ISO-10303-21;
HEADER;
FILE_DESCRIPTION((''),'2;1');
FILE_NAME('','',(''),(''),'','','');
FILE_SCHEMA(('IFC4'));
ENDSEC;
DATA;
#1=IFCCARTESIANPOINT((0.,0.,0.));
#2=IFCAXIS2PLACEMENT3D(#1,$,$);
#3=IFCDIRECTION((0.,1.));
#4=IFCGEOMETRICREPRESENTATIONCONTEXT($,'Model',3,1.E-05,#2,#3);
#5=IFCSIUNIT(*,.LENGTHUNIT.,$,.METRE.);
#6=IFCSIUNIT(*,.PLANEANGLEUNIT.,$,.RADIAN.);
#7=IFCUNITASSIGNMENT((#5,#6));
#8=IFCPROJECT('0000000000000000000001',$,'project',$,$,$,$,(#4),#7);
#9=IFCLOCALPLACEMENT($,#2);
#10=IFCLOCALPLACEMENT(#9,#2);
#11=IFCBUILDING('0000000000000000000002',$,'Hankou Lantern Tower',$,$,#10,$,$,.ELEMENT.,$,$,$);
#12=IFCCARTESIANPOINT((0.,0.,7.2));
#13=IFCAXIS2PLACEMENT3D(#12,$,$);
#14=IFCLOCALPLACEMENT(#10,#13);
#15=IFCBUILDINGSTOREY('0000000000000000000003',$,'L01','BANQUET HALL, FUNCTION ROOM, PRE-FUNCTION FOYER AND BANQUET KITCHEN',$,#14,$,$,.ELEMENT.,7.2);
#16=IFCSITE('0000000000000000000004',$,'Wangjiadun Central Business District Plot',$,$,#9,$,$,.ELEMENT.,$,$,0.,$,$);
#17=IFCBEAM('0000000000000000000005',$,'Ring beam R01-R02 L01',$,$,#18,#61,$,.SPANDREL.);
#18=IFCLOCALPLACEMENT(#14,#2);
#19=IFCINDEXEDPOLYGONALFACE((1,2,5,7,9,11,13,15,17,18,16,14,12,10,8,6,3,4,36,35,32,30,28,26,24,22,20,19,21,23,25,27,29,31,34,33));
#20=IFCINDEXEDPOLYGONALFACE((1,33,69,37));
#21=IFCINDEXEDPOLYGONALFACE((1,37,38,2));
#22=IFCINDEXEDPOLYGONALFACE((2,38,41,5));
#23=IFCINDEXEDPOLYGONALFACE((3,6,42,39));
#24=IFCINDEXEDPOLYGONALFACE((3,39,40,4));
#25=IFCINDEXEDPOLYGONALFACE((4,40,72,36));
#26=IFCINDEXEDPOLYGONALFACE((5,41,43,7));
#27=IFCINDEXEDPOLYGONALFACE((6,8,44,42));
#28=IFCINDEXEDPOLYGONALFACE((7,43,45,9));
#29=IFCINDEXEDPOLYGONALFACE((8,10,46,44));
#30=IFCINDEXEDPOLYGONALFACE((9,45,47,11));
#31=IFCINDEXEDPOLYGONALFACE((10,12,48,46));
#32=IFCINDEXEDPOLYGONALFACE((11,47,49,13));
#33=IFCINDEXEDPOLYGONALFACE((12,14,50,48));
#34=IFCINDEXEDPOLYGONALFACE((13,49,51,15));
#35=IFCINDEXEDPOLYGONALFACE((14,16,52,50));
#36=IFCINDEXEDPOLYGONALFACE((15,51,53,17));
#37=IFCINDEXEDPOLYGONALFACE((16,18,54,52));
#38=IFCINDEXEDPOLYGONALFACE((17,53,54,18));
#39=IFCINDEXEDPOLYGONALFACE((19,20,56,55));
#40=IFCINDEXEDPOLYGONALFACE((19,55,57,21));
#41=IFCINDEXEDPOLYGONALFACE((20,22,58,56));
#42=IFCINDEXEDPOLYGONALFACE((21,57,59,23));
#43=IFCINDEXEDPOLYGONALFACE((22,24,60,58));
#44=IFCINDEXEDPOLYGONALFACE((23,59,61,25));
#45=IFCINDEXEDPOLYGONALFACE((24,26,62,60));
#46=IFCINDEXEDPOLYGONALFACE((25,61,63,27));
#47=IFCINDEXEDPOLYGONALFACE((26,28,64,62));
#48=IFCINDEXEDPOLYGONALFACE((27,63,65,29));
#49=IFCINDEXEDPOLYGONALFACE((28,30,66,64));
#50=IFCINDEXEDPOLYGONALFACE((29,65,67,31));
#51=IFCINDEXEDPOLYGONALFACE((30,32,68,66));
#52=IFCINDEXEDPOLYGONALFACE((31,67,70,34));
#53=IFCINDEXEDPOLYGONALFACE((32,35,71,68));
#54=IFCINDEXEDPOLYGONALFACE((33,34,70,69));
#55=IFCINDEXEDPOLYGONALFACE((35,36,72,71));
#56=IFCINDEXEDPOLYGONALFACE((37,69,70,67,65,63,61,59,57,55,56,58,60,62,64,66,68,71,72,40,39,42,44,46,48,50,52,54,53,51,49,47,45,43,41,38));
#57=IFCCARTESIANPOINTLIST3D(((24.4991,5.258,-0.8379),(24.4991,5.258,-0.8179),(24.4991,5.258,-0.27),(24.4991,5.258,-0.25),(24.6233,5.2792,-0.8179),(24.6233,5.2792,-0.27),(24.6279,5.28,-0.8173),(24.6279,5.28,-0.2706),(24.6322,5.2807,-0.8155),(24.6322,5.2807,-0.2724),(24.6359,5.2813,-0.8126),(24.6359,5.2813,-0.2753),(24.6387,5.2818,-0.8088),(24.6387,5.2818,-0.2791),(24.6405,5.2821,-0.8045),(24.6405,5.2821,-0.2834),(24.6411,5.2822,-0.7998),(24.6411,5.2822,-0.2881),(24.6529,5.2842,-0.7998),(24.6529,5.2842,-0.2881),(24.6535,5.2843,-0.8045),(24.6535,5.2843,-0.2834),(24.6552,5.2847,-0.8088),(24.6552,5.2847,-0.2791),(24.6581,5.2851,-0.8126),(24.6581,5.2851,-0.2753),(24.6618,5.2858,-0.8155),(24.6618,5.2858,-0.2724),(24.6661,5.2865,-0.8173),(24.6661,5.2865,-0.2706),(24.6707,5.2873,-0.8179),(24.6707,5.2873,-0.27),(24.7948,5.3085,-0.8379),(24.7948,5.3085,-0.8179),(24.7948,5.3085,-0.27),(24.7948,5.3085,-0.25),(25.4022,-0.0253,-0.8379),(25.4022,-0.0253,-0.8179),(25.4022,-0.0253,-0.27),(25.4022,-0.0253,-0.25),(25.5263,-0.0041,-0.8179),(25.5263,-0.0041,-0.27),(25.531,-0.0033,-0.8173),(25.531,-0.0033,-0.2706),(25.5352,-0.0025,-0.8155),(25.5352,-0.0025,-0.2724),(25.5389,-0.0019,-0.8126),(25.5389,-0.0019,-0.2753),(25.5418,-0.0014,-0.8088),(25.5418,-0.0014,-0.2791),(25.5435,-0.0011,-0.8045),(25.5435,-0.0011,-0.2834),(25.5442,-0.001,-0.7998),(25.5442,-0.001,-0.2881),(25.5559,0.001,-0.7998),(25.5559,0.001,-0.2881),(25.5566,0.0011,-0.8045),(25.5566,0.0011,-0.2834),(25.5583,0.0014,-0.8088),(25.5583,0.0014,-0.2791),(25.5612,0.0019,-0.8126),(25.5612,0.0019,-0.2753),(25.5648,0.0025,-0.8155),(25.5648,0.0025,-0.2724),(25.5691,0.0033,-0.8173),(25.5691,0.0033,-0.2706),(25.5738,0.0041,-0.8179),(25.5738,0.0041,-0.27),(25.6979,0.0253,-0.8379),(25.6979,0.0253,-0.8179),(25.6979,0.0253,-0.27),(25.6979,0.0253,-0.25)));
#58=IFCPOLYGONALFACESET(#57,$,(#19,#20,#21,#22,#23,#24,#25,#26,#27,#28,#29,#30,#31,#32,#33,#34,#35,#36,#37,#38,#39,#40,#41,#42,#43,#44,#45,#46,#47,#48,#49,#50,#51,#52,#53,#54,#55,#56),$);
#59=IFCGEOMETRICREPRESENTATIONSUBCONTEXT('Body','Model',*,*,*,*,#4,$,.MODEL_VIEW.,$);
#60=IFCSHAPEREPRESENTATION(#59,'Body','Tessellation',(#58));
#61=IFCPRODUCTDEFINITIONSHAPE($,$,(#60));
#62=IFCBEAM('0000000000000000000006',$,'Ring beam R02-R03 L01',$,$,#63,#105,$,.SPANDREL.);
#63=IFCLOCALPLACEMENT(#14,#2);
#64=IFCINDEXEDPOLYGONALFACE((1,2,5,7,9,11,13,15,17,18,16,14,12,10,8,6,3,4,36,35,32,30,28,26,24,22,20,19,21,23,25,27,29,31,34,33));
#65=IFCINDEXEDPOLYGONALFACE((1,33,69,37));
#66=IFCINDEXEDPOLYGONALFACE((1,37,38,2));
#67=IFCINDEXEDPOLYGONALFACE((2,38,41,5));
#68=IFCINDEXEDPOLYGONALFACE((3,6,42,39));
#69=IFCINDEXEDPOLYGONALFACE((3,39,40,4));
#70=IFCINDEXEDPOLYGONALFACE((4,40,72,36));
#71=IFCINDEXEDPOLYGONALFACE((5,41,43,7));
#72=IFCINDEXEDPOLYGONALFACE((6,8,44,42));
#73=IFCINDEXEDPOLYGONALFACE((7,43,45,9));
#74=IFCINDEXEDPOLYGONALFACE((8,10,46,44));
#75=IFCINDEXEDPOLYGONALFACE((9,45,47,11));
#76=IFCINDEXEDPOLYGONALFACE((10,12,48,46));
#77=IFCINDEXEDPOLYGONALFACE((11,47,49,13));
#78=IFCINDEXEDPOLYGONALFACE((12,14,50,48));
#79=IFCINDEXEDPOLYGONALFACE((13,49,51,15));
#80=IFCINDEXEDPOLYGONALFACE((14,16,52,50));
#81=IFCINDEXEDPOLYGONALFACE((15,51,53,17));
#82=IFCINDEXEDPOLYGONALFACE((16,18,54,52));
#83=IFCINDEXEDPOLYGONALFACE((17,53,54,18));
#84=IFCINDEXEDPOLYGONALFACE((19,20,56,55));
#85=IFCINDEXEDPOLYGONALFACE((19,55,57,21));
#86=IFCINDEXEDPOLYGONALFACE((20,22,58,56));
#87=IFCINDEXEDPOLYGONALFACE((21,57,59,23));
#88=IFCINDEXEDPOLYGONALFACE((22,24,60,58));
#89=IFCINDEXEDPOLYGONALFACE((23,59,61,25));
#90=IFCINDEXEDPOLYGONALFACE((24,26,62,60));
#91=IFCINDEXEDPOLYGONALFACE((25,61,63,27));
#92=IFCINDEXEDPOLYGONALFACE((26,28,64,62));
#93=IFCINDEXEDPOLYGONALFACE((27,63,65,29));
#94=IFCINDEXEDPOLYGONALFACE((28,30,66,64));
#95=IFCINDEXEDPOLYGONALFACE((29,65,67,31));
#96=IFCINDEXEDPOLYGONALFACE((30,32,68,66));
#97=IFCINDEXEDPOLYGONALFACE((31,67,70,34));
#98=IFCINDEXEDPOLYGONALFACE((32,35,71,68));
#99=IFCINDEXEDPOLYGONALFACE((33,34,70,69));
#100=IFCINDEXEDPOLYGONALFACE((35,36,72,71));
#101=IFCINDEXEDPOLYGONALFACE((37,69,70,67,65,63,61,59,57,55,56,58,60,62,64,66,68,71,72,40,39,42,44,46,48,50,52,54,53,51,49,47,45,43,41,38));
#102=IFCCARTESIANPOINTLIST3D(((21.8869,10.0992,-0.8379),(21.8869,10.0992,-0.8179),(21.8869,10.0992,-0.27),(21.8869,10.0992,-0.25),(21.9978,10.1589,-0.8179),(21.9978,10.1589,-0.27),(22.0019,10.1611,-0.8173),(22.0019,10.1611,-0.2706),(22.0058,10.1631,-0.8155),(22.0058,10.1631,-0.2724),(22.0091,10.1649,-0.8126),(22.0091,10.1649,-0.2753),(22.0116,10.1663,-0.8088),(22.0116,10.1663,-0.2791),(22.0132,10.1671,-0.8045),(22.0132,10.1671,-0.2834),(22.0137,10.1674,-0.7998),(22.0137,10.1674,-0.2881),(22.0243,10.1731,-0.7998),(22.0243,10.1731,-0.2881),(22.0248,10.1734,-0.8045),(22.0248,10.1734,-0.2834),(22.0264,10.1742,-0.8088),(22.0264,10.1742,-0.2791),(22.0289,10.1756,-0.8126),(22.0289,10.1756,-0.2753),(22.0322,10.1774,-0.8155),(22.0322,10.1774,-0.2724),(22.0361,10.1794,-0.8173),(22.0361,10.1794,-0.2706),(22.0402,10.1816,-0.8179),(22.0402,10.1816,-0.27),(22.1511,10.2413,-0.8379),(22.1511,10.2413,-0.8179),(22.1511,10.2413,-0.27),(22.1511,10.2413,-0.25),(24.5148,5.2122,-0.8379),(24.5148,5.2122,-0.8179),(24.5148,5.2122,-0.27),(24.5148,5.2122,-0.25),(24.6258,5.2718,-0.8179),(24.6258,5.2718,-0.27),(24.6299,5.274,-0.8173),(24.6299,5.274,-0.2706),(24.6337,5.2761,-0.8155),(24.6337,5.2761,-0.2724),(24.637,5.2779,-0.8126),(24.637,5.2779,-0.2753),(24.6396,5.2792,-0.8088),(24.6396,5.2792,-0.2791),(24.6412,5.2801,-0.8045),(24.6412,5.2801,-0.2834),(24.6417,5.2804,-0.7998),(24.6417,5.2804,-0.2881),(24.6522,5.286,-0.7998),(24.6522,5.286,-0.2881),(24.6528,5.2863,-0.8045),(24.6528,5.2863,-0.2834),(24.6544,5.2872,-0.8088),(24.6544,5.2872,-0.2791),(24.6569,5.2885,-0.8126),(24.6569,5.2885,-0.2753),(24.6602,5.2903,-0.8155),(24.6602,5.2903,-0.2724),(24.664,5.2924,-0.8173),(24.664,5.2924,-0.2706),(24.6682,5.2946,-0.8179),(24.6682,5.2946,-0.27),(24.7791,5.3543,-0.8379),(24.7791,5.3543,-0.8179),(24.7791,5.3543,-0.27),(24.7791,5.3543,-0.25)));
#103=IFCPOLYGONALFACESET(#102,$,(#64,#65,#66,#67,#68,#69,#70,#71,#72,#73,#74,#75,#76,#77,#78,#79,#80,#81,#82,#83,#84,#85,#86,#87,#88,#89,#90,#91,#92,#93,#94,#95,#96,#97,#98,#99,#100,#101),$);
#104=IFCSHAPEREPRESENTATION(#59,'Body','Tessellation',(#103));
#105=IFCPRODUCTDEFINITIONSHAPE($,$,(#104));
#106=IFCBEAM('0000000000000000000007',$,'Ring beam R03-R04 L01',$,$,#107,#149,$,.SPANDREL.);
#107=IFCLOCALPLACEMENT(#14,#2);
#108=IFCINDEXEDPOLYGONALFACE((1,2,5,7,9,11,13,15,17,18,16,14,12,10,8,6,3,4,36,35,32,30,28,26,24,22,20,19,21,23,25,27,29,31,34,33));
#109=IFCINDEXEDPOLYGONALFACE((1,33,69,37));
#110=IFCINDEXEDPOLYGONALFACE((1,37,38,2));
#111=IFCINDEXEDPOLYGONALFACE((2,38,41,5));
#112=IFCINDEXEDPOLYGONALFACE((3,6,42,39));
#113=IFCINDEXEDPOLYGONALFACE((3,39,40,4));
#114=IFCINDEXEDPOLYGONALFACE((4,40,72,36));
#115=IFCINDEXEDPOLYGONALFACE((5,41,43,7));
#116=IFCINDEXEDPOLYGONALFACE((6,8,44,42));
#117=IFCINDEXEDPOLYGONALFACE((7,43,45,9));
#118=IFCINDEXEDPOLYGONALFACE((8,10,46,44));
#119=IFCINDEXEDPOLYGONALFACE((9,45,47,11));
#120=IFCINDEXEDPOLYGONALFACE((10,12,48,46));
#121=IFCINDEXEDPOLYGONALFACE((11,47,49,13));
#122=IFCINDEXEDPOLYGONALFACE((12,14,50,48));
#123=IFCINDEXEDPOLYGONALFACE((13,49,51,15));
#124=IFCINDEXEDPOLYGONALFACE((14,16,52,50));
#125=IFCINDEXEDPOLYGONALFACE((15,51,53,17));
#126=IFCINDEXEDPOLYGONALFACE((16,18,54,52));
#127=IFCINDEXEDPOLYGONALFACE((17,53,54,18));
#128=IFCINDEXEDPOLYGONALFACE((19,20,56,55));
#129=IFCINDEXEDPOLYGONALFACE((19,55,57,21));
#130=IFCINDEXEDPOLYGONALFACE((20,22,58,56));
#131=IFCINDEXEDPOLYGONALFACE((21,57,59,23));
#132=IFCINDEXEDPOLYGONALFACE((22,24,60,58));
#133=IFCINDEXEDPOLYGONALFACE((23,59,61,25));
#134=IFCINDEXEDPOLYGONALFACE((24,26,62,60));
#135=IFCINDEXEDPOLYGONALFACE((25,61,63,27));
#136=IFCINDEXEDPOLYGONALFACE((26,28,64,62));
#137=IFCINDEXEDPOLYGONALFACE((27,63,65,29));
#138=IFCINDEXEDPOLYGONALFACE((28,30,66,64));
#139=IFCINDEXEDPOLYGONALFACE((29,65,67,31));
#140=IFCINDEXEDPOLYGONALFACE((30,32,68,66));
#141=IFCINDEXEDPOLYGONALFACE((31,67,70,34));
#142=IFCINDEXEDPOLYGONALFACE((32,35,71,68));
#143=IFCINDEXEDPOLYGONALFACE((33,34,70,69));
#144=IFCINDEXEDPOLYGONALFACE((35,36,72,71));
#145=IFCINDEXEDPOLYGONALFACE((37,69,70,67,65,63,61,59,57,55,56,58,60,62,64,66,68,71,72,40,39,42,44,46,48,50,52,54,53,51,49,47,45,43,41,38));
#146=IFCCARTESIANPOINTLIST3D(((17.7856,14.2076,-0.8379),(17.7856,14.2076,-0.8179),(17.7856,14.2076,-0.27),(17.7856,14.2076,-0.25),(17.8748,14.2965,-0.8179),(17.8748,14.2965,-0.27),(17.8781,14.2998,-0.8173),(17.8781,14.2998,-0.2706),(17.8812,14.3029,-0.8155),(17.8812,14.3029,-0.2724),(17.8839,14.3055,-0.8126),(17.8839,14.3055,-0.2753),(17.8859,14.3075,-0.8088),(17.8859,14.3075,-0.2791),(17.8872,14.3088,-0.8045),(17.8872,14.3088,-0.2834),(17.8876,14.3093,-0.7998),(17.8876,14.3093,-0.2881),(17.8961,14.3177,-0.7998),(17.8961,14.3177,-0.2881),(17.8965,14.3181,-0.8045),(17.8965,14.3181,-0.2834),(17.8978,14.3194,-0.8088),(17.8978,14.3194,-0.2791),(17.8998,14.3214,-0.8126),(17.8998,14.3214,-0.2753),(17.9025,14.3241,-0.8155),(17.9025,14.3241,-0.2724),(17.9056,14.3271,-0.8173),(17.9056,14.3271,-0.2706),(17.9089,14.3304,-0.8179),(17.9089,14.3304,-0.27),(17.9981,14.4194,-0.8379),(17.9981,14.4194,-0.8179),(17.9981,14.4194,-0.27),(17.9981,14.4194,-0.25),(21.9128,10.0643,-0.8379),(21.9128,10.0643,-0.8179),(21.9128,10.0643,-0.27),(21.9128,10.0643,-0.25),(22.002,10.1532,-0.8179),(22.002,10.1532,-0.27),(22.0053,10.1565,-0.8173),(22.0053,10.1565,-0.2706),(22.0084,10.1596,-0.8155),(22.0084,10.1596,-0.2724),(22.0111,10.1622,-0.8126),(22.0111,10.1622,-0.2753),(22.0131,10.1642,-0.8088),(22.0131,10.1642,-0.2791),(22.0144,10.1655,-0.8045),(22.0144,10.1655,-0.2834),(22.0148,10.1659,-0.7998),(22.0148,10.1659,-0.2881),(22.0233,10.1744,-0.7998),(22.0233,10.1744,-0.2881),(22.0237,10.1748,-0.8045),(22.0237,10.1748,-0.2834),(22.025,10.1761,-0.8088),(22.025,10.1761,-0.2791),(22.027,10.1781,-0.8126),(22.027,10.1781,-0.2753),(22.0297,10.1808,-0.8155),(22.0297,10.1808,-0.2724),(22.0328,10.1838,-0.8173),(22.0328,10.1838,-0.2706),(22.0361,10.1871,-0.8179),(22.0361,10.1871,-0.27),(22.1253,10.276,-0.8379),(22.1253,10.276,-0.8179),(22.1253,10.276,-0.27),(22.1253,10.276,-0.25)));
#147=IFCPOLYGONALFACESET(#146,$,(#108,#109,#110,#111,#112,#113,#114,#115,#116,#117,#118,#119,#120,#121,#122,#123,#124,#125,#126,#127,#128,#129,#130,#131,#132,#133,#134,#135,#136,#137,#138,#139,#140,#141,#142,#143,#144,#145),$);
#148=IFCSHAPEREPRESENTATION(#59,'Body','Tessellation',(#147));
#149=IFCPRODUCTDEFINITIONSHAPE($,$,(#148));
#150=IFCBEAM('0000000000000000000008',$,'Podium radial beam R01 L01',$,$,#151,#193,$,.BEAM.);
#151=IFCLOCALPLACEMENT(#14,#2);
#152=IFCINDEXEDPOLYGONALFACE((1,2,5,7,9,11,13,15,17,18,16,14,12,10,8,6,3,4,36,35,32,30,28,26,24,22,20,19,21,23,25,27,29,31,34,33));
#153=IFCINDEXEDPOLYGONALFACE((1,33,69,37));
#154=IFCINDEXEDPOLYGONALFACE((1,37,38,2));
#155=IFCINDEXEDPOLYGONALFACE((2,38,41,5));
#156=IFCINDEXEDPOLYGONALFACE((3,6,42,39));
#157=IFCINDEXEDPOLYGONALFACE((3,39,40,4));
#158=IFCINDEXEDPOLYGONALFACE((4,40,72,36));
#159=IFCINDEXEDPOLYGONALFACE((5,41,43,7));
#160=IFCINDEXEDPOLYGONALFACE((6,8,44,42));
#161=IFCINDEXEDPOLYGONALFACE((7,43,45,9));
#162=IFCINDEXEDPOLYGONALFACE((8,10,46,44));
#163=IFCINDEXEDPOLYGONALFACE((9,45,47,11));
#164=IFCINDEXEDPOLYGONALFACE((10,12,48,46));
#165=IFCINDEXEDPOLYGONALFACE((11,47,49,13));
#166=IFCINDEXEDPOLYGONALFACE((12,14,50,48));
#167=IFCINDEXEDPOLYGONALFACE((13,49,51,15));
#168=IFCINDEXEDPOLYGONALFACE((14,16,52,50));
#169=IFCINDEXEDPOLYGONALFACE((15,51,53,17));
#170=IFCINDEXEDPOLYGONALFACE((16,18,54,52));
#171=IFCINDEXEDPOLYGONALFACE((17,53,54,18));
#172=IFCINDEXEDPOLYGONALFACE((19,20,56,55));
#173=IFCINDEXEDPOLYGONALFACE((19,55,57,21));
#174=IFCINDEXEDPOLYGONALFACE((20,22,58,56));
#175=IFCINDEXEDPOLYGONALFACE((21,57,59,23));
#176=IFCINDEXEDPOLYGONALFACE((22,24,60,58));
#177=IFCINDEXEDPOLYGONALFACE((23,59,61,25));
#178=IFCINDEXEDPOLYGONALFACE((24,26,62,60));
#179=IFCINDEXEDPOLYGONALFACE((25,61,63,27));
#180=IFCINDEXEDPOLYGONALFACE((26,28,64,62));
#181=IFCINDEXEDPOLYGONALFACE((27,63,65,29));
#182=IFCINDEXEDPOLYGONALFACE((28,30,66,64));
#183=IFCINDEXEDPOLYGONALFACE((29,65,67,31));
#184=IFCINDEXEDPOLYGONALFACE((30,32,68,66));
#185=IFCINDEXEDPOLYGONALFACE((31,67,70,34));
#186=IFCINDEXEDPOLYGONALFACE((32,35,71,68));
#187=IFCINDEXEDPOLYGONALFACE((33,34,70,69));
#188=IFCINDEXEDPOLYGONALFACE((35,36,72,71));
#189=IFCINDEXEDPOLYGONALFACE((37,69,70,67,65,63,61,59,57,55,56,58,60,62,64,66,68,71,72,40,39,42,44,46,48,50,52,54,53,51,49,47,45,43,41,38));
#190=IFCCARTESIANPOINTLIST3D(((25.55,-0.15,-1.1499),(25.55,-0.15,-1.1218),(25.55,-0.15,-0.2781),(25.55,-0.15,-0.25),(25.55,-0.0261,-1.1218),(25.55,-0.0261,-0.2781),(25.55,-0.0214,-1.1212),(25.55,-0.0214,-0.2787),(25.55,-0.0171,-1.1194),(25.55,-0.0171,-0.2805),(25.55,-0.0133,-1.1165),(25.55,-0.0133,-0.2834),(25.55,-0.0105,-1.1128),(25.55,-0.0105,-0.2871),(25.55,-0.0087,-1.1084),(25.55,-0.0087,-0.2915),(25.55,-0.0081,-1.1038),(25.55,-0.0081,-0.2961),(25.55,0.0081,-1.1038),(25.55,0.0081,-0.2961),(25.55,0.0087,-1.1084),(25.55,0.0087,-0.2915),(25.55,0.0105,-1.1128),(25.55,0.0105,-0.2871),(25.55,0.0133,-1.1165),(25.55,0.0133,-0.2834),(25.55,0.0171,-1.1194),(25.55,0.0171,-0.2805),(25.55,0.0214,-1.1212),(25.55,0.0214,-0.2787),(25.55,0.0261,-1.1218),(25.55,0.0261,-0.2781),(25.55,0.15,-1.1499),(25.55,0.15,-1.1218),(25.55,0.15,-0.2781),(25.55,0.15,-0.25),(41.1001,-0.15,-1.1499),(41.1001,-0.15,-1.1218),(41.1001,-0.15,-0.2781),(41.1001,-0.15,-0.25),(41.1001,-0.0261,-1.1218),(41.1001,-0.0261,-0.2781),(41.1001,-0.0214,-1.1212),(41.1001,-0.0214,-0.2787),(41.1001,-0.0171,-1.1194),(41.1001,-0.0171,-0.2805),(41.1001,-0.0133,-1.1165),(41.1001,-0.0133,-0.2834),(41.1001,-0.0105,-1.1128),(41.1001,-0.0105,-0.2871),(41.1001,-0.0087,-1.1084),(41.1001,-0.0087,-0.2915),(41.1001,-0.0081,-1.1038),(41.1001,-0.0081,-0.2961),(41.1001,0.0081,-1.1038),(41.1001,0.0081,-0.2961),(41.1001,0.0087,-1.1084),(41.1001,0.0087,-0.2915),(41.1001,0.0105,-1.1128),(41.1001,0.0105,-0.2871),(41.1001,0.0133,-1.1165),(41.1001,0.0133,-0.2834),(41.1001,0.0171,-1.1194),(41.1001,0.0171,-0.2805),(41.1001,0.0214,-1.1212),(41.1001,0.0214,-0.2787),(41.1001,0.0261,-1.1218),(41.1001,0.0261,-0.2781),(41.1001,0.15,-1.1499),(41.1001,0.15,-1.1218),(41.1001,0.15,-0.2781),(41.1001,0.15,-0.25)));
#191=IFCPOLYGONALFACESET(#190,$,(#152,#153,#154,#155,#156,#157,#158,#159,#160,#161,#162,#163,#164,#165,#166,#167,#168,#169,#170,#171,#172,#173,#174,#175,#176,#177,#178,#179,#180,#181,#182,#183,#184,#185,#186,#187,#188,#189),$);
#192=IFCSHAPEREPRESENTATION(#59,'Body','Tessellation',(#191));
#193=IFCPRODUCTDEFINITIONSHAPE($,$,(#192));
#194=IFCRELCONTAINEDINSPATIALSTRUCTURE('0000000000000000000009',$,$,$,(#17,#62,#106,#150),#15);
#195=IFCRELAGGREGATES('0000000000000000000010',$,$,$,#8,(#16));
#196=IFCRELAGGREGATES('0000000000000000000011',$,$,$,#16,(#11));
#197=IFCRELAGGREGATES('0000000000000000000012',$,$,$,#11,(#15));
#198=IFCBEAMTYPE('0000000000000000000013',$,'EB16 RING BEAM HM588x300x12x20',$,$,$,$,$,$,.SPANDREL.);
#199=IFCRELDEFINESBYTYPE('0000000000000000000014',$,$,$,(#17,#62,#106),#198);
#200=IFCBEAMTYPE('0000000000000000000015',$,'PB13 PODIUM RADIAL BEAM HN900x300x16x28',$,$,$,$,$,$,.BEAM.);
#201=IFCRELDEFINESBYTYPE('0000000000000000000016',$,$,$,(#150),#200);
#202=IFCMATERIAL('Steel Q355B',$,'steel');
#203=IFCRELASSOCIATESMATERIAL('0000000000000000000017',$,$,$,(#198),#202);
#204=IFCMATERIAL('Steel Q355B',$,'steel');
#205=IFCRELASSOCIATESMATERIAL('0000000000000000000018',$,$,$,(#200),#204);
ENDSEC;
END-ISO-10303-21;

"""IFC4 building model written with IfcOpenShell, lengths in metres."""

from ifc_helpers import new_model, si_unit, direction, frame, origin, origin_2d, place, context, subcontext, project, spatial, i_section, extrude, material, material_profile, profile_set, type_object, element, save


model = new_model("IFC4")

# Units and contexts
model_context = context("Model", 3, precision=1e-05, world=origin(), true_north=direction((0.0, 1.0)))
body_context = subcontext(model_context, "Body", "Model", "MODEL_VIEW")
ifc_project = project(units=[si_unit("LENGTHUNIT", "METRE"), si_unit("PLANEANGLEUNIT", "RADIAN")], contexts=[model_context])

# Site, building, storey
site_placement = place(None, origin())
site = spatial("IfcSite", under=ifc_project, at=site_placement, Name="Wangjiadun Central Business District Plot", CompositionType="ELEMENT", RefElevation=0.0)
building_placement = place(site_placement, origin())
building = spatial("IfcBuilding", under=site, at=building_placement, Name="Hankou Lantern Tower", CompositionType="ELEMENT")
storey_placement = place(building_placement, frame((0.0, 0.0, 7.2)))
storey = spatial("IfcBuildingStorey", under=building, at=storey_placement, Name="L01", Description="BANQUET HALL, FUNCTION ROOM, PRE-FUNCTION FOYER AND BANQUET KITCHEN", CompositionType="ELEMENT", Elevation=7.2)

# Beams
ifc_material_1 = material(Name="Steel Q355B", Category="steel")
ifc_material_profile_1 = material_profile(ifc_material_1, i_section(OverallWidth=0.3, OverallDepth=0.5879, WebThickness=0.012, FlangeThickness=0.02, FilletRadius=0.0181, at=origin_2d()), Name="HM588x300x12x20")
ifc_profile_set_1 = profile_set([ifc_material_profile_1], Name="Steel Q355B")
beam_type_1 = type_object("IfcBeamType", Name="EB16 RING BEAM HM588x300x12x20", PredefinedType="SPANDREL", material=ifc_profile_set_1)
beam_1_placement = place(storey_placement, frame((25.55, 0.0, -0.5439), z_axis=(-0.16849, 0.985703, 0.0), x_axis=(-0.985703, -0.16849, 0.0)))
element("IfcBeam", 1, at=beam_1_placement, inside=storey, type_object=beam_type_1, Name="Ring beam R01-R02 L01", PredefinedType="SPANDREL", context=body_context, shape_type="SweptSolid", body=[
    extrude(i_section(OverallWidth=0.3, OverallDepth=0.5879, WebThickness=0.012, FlangeThickness=0.02, FilletRadius=0.0181, at=origin_2d()), origin(), (0.0, 0.0, 1.0), 5.3599),
])
beam_2_placement = place(storey_placement, frame((24.647, 5.2832, -0.5439), z_axis=(-0.473609, 0.880735, 0.0), x_axis=(-0.880735, -0.473609, 0.0)))
element("IfcBeam", 2, at=beam_2_placement, inside=storey, type_object=beam_type_1, Name="Ring beam R02-R03 L01", PredefinedType="SPANDREL", context=body_context, shape_type="SweptSolid", body=[
    extrude(i_section(OverallWidth=0.3, OverallDepth=0.5879, WebThickness=0.012, FlangeThickness=0.02, FilletRadius=0.0181, at=origin_2d()), origin(), (0.0, 0.0, 1.0), 5.5488),
])
beam_3_placement = place(storey_placement, frame((22.019, 10.1702, -0.5439), z_axis=(-0.705728, 0.708483, 0.0), x_axis=(-0.708483, -0.705728, 0.0)))
element("IfcBeam", 3, at=beam_3_placement, inside=storey, type_object=beam_type_1, Name="Ring beam R03-R04 L01", PredefinedType="SPANDREL", context=body_context, shape_type="SweptSolid", body=[
    extrude(i_section(OverallWidth=0.3, OverallDepth=0.5879, WebThickness=0.012, FlangeThickness=0.02, FilletRadius=0.0181, at=origin_2d()), origin(), (0.0, 0.0, 1.0), 5.8481),
])
ifc_material_2 = material(Name="Steel Q355B", Category="steel")
ifc_material_profile_2 = material_profile(ifc_material_2, i_section(OverallWidth=0.3, OverallDepth=0.8999, WebThickness=0.0161, FlangeThickness=0.0281, FilletRadius=0.0181, at=origin_2d()), Name="HN900x300x16x28")
ifc_profile_set_2 = profile_set([ifc_material_profile_2], Name="Steel Q355B")
beam_type_2 = type_object("IfcBeamType", Name="PB13 PODIUM RADIAL BEAM HN900x300x16x28", PredefinedType="BEAM", material=ifc_profile_set_2)
beam_4_placement = place(storey_placement, frame((25.55, 0.0, -0.7), z_axis=(1.0, 0.0, 0.0), x_axis=(0.0, 1.0, 0.0)))
element("IfcBeam", 4, at=beam_4_placement, inside=storey, type_object=beam_type_2, Name="Podium radial beam R01 L01", PredefinedType="BEAM", context=body_context, shape_type="SweptSolid", body=[
    extrude(i_section(OverallWidth=0.3, OverallDepth=0.8999, WebThickness=0.0161, FlangeThickness=0.0281, FilletRadius=0.0181, at=origin_2d()), origin(), (0.0, 0.0, 1.0), 15.55),
])

save(model, "model.ifc")
